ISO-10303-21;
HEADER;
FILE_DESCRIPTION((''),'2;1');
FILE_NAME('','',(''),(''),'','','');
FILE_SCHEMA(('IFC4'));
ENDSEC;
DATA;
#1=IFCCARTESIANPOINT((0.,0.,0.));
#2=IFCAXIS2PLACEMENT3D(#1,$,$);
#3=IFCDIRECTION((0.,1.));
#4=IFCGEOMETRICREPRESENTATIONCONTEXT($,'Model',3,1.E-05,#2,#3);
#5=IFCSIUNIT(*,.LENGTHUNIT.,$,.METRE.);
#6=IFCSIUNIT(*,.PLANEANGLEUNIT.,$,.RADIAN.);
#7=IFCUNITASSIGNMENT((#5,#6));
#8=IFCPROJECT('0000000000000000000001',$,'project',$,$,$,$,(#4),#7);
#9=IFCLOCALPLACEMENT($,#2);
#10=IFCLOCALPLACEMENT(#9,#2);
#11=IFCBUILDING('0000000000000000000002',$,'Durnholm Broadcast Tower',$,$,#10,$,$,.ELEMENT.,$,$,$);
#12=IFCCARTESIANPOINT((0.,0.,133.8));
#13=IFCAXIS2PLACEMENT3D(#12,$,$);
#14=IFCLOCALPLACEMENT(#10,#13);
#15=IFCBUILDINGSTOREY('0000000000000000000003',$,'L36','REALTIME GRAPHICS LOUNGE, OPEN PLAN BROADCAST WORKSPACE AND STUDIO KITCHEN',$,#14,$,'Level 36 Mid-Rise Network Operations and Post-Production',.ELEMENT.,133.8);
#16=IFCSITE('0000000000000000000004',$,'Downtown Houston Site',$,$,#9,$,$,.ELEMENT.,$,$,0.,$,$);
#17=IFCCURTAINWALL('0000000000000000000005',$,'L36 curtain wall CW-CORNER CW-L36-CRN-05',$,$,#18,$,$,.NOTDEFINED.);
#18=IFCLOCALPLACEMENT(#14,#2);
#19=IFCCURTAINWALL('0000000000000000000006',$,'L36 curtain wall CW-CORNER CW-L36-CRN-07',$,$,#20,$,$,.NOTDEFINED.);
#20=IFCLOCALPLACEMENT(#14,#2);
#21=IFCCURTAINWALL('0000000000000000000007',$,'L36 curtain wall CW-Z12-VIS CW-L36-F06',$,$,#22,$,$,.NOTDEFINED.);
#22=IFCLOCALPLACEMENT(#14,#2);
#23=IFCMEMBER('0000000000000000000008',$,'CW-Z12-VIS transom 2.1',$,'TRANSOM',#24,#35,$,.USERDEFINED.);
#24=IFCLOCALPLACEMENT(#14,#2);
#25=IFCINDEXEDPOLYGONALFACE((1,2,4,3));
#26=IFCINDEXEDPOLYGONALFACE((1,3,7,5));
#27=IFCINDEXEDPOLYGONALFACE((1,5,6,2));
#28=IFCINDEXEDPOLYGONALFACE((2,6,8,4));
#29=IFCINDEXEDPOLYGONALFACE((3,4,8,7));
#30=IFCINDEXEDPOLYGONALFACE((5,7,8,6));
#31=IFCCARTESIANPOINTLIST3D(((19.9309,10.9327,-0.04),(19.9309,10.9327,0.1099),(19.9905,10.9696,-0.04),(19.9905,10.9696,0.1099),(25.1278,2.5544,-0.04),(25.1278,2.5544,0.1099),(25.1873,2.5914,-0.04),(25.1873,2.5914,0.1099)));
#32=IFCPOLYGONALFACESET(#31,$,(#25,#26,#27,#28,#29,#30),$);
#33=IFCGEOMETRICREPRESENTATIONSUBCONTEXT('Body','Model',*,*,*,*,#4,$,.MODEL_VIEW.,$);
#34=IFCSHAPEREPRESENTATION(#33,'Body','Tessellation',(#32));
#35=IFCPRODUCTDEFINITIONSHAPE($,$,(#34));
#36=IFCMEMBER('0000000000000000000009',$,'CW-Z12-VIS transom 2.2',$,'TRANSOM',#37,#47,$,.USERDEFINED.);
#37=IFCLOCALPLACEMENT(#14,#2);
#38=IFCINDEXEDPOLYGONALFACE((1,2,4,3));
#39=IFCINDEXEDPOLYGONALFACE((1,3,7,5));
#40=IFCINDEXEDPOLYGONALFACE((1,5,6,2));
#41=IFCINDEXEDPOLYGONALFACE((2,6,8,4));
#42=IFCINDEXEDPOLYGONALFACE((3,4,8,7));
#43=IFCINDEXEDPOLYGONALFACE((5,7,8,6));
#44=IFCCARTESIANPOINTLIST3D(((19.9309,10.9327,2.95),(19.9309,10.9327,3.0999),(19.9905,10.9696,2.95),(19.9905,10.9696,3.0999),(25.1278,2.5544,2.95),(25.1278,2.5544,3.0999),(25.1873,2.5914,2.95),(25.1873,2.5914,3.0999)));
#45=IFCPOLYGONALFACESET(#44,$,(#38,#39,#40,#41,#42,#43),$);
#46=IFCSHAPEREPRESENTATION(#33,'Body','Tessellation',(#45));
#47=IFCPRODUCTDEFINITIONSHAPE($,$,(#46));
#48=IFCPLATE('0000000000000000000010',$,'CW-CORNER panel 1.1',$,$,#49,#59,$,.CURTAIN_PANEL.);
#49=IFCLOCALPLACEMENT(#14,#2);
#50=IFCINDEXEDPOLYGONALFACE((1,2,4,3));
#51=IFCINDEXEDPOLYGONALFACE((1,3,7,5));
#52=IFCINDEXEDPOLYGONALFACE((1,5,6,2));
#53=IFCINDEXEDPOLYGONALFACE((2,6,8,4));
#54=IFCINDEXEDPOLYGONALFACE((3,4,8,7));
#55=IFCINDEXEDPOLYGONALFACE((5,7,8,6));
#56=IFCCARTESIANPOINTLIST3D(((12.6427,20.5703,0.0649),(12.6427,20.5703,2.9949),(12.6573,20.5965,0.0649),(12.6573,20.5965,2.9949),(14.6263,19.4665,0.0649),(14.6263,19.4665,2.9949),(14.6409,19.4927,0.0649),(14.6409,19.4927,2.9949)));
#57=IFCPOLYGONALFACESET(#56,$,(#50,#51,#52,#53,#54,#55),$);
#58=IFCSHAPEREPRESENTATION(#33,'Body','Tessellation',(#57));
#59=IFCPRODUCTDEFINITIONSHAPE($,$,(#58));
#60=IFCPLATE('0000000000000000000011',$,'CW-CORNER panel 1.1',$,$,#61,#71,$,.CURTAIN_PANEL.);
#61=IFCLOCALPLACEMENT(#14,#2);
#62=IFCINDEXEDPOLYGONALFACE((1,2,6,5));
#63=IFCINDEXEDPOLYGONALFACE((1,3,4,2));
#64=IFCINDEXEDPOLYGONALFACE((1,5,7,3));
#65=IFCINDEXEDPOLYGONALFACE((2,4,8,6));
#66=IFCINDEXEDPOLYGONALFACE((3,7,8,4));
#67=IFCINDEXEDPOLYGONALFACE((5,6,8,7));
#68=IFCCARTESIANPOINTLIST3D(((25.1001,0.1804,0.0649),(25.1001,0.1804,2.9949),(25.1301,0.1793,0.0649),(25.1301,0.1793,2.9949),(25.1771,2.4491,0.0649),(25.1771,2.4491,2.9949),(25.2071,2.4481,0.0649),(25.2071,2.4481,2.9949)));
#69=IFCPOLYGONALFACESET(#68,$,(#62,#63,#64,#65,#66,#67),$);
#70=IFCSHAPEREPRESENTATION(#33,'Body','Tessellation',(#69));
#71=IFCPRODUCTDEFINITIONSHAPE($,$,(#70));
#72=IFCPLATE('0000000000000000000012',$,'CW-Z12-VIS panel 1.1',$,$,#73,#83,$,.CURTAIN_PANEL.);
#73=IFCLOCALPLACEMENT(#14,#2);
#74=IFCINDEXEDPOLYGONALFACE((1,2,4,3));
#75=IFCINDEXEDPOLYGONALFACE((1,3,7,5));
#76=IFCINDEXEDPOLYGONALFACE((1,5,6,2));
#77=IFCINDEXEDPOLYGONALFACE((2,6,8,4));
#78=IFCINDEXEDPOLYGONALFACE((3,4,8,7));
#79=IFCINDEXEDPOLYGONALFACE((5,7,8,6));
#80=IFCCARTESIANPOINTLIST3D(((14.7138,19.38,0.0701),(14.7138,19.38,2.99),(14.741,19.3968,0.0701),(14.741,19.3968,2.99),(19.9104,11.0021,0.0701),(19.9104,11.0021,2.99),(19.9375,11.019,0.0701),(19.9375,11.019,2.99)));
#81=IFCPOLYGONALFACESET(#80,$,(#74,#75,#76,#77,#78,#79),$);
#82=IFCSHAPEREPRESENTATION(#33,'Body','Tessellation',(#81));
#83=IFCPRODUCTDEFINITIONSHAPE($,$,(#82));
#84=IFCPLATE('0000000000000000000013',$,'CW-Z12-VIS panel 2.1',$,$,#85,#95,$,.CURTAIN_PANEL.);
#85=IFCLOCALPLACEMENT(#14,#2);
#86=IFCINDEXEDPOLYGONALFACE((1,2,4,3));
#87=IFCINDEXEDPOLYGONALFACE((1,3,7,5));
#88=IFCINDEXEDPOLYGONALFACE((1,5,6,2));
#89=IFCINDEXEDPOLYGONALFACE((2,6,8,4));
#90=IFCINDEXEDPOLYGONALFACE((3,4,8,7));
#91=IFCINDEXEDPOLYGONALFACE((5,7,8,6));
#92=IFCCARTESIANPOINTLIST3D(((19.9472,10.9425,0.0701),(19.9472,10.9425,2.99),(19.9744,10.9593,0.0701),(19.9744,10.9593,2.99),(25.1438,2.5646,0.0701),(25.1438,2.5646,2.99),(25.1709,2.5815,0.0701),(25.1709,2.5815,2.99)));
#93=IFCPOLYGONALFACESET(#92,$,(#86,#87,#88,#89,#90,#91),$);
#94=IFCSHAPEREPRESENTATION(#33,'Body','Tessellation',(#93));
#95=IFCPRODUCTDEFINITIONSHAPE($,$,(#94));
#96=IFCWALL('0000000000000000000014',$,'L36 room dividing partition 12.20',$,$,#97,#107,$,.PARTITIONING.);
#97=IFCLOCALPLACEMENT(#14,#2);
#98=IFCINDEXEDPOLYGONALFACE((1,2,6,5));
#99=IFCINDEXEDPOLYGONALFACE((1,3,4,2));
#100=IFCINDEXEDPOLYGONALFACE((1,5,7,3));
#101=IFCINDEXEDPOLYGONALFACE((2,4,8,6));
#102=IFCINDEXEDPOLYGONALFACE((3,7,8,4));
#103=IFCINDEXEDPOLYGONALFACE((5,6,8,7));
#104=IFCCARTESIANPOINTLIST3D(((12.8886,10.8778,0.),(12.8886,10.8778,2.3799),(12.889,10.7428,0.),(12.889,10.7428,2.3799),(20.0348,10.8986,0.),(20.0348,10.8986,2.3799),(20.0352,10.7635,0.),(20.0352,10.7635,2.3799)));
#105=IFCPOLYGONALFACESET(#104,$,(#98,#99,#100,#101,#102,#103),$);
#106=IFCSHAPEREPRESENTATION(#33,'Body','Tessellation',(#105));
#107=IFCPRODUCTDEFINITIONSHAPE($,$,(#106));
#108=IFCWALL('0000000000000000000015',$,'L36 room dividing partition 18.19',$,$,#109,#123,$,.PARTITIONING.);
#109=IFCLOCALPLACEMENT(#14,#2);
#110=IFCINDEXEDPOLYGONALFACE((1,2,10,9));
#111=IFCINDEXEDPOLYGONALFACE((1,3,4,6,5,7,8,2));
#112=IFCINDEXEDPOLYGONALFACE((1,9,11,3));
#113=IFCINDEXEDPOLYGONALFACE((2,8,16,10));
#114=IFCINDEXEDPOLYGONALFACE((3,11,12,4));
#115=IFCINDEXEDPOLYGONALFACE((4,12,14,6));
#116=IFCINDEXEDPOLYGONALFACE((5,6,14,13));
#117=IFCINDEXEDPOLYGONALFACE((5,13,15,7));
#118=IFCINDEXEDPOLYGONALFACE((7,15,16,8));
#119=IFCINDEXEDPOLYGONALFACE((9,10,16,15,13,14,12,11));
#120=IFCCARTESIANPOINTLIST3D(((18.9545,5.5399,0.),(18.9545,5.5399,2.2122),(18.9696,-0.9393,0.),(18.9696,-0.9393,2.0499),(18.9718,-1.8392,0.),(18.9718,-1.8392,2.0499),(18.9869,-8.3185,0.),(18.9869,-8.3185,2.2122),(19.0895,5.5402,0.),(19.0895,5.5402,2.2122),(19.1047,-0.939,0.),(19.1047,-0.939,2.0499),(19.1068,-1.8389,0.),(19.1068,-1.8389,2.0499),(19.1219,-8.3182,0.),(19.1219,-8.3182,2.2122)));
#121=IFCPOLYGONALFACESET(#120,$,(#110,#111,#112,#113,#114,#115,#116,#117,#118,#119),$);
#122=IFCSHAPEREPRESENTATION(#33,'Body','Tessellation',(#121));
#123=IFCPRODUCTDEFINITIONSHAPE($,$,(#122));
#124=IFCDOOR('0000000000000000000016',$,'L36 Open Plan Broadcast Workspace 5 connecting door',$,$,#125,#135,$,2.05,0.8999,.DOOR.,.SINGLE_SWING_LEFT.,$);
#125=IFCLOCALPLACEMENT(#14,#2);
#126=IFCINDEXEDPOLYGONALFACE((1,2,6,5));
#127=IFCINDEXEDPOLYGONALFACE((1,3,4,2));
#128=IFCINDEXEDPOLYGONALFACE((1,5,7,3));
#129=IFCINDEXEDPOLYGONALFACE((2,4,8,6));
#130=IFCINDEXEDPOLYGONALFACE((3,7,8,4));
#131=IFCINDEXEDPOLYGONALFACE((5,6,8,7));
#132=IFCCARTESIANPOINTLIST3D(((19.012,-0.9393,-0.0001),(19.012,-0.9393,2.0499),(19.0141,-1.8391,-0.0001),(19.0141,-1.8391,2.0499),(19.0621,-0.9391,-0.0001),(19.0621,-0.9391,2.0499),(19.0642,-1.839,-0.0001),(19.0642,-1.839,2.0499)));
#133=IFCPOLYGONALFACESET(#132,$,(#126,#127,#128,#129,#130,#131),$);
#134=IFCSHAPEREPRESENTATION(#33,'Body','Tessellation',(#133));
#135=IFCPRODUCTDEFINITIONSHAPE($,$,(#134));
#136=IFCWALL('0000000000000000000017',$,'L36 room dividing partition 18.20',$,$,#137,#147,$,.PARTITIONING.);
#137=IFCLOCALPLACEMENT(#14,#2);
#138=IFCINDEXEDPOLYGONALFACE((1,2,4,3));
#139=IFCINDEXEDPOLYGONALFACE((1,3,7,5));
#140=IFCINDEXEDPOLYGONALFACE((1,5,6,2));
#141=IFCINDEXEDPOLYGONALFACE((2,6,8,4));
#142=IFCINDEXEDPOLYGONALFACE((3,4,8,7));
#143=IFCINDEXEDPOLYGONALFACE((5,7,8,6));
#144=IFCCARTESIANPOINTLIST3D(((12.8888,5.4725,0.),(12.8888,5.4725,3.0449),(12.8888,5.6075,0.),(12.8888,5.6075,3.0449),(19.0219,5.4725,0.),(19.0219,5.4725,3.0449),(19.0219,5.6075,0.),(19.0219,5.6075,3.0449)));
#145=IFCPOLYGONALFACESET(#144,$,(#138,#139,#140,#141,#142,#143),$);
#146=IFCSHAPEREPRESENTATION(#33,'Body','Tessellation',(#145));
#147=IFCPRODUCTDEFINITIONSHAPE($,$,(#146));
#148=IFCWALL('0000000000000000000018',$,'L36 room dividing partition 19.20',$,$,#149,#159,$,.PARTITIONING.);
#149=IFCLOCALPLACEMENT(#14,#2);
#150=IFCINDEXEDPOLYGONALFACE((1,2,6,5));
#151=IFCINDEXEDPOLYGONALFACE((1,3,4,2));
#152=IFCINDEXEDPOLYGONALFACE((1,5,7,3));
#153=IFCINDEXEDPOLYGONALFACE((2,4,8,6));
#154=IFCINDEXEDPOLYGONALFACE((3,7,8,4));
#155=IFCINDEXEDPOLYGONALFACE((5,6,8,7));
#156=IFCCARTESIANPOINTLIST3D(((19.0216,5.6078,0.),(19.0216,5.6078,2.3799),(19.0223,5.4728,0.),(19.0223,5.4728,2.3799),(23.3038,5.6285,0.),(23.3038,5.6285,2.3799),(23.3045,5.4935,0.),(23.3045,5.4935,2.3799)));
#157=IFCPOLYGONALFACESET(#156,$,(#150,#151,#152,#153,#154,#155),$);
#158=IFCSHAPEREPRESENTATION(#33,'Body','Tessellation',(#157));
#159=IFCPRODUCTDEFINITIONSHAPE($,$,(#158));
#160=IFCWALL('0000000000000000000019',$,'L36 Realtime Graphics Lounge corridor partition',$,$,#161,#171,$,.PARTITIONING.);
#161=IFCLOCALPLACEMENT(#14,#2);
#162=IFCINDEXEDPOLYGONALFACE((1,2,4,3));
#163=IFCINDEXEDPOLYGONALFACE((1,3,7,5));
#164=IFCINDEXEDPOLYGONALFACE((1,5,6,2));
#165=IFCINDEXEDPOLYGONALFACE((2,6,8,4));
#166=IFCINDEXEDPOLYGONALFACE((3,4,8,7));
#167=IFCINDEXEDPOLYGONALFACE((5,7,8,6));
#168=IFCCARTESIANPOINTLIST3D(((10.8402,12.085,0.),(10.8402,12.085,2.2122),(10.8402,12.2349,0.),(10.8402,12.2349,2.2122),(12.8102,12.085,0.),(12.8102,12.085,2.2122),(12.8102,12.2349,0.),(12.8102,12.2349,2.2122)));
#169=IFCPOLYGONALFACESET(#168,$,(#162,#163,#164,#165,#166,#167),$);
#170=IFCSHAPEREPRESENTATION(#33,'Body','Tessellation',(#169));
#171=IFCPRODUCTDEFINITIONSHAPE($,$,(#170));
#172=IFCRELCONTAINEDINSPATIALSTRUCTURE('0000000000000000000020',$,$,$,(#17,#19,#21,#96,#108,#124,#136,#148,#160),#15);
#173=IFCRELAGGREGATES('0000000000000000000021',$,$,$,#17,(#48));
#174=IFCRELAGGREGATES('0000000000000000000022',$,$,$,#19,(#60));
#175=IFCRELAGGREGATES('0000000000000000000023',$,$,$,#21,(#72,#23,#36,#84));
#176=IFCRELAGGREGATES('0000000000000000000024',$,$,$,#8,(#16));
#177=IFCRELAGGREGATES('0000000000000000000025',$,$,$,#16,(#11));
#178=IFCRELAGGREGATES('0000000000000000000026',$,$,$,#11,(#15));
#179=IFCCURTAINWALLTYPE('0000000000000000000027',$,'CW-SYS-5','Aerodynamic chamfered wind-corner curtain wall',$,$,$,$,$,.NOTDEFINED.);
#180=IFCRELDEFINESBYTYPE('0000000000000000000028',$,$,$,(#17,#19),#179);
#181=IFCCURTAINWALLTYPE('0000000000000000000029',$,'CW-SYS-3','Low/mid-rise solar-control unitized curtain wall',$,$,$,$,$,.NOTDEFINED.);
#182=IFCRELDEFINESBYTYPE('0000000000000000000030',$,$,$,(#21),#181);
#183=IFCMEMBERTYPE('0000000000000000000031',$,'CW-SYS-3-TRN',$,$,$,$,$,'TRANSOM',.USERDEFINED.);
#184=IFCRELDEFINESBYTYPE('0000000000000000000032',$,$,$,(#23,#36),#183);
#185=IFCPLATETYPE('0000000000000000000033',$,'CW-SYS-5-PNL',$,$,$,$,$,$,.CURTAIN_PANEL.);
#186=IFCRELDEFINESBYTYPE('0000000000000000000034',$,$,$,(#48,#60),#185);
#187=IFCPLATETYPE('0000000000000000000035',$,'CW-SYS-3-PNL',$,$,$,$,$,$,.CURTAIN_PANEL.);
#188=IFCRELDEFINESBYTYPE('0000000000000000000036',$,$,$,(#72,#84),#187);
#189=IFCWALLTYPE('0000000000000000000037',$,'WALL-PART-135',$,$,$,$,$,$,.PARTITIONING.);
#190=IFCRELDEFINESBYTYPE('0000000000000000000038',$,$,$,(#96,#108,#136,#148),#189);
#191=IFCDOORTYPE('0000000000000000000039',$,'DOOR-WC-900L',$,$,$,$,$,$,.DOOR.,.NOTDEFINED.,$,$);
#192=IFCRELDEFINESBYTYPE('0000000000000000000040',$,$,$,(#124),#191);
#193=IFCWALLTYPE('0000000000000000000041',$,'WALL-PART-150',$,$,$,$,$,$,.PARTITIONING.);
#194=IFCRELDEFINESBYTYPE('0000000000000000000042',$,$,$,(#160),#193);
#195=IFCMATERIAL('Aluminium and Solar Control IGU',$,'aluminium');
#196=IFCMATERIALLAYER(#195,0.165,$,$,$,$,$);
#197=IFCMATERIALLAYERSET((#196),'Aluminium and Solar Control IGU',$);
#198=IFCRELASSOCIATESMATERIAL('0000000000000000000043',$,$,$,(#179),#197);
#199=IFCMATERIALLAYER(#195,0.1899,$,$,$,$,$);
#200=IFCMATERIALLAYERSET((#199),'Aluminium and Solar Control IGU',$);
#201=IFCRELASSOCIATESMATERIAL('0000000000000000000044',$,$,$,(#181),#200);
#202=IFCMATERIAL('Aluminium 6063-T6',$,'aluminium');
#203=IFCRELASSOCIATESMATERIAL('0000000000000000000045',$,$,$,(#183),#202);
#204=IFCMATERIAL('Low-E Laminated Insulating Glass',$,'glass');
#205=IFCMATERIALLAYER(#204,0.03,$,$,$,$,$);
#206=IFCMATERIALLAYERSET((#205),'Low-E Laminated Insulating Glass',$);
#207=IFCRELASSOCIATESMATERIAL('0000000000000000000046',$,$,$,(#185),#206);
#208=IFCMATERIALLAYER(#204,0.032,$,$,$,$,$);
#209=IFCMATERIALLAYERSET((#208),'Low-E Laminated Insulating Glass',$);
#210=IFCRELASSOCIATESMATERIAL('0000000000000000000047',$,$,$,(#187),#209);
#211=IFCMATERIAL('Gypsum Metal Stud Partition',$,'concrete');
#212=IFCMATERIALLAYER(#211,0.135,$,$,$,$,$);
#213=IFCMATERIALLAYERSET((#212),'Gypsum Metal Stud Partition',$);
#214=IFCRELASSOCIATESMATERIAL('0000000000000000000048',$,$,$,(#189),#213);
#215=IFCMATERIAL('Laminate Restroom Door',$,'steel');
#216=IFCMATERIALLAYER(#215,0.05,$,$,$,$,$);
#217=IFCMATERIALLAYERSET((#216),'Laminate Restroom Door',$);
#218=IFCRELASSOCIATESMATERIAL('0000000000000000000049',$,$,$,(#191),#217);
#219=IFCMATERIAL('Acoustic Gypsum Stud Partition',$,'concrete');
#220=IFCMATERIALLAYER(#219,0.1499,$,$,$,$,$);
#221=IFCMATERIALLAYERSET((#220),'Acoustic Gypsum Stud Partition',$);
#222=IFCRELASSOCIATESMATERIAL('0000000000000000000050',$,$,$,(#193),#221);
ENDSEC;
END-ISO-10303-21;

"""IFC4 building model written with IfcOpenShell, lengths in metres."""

from ifc_helpers import new_model, si_unit, direction, frame, frame_2d, origin, origin_2d, place, context, subcontext, project, spatial, rectangle, extrude, source, transform, mapped, material, layer, layer_set, material_profile, profile_set, type_object, type_shapes, element, fill, aggregate, save


model = new_model("IFC4")

# Units and contexts
model_context = context("Model", 3, precision=1e-05, world=origin(), true_north=direction((0.0, 1.0)))
body_context = subcontext(model_context, "Body", "Model", "MODEL_VIEW")
ifc_project = project(units=[si_unit("LENGTHUNIT", "METRE"), si_unit("PLANEANGLEUNIT", "RADIAN")], contexts=[model_context])

# Site, building, storey
site_placement = place(None, origin())
site = spatial("IfcSite", under=ifc_project, at=site_placement, Name="Downtown Houston Site", CompositionType="ELEMENT", RefElevation=0.0)
building_placement = place(site_placement, origin())
building = spatial("IfcBuilding", under=site, at=building_placement, Name="Durnholm Broadcast Tower", CompositionType="ELEMENT")
storey_placement = place(building_placement, frame((0.0, 0.0, 133.8)))
storey = spatial("IfcBuildingStorey", under=building, at=storey_placement, Name="L36", Description="REALTIME GRAPHICS LOUNGE, OPEN PLAN BROADCAST WORKSPACE AND STUDIO KITCHEN", LongName="Level 36 Mid-Rise Network Operations and Post-Production", CompositionType="ELEMENT", Elevation=133.8)

# Curtain walls
ifc_material_1 = material(Name="Aluminium and Solar Control IGU", Category="aluminium")
ifc_layer_1 = layer(ifc_material_1, 0.165)
ifc_layer_set_1 = layer_set([ifc_layer_1], Name="Aluminium and Solar Control IGU")
curtain_wall_type_1 = type_object("IfcCurtainWallType", Name="CW-SYS-5", Description="Aerodynamic chamfered wind-corner curtain wall", PredefinedType="NOTDEFINED", material=ifc_layer_set_1)
curtain_wall_1_placement = place(storey_placement, origin())
curtain_wall_1 = element("IfcCurtainWall", 1, at=curtain_wall_1_placement, inside=storey, type_object=curtain_wall_type_1, Name="L36 curtain wall CW-CORNER CW-L36-CRN-05", PredefinedType="NOTDEFINED")
ifc_material_2 = material(Name="Aluminium 6063-T6", Category="aluminium")
curtain_wall_2_placement = place(storey_placement, origin())
curtain_wall_2 = element("IfcCurtainWall", 2, at=curtain_wall_2_placement, inside=storey, type_object=curtain_wall_type_1, Name="L36 curtain wall CW-CORNER CW-L36-CRN-07", PredefinedType="NOTDEFINED")

# Curtain wall
ifc_layer_2 = layer(ifc_material_1, 0.1899)
ifc_layer_set_2 = layer_set([ifc_layer_2], Name="Aluminium and Solar Control IGU")
curtain_wall_type_2 = type_object("IfcCurtainWallType", Name="CW-SYS-3", Description="Low/mid-rise solar-control unitized curtain wall", PredefinedType="NOTDEFINED", material=ifc_layer_set_2)
curtain_wall_3_placement = place(storey_placement, origin())
curtain_wall_3 = element("IfcCurtainWall", 3, at=curtain_wall_3_placement, inside=storey, type_object=curtain_wall_type_2, Name="L36 curtain wall CW-Z12-VIS CW-L36-F06", PredefinedType="NOTDEFINED")

# Members
ifc_material_profile_1 = material_profile(ifc_material_2, rectangle(XDim=0.0701, YDim=0.1499, at=origin_2d()), Name="CWT70X150")
ifc_profile_set_1 = profile_set([ifc_material_profile_1], Name="Aluminium 6063-T6")
member_type_1 = type_object("IfcMemberType", Name="CW-SYS-3-TRN", ElementType="TRANSOM", PredefinedType="USERDEFINED", material=ifc_profile_set_1)
shared_shape_1 = source(origin(), body_context, "Body", "SweptSolid", [
    extrude(rectangle(XDim=0.0701, YDim=0.1499, at=origin_2d()), origin(), (0.0, 0.0, 1.0), 9.8591),
])
member_1_placement = place(storey_placement, frame((19.9607, 10.9512, 0.0349), z_axis=(0.527109, -0.849798, 0.0), x_axis=(0.849798, 0.527109, 0.0)))
member_1 = element("IfcMember", 4, at=member_1_placement, type_object=member_type_1, Name="CW-Z12-VIS transom 2.1", ObjectType="TRANSOM", PredefinedType="USERDEFINED", context=body_context, shape_type="MappedRepresentation", body=[
    mapped(shared_shape_1, transform((0.0, 0.0, 0.0), x_axis=(1.0, 0.0, 0.0), y_axis=(0.0, 1.0, 0.0), z_axis=(0.0, 0.0, 1.0), scale=1.0)),
])
member_2_placement = place(storey_placement, frame((19.9607, 10.9512, 3.0249), z_axis=(0.527109, -0.849798, 0.0), x_axis=(0.849798, 0.527109, 0.0)))
member_2 = element("IfcMember", 5, at=member_2_placement, type_object=member_type_1, Name="CW-Z12-VIS transom 2.2", ObjectType="TRANSOM", PredefinedType="USERDEFINED", context=body_context, shape_type="MappedRepresentation", body=[
    mapped(shared_shape_1, transform((0.0, 0.0, 0.0), x_axis=(1.0, 0.0, 0.0), y_axis=(0.0, 1.0, 0.0), z_axis=(0.0, 0.0, 1.0), scale=1.0)),
])

# Plates
ifc_material_3 = material(Name="Low-E Laminated Insulating Glass", Category="glass")
ifc_layer_3 = layer(ifc_material_3, 0.03)
ifc_layer_set_3 = layer_set([ifc_layer_3], Name="Low-E Laminated Insulating Glass")
plate_type_1 = type_object("IfcPlateType", Name="CW-SYS-5-PNL", PredefinedType="CURTAIN_PANEL", material=ifc_layer_set_3)
shared_shape_2 = source(origin(), body_context, "Body", "SweptSolid", [
    extrude(rectangle(XDim=2.27, YDim=0.03, at=origin_2d()), origin(), (0.0, 0.0, 1.0), 2.9299),
])
type_shapes(plate_type_1, [shared_shape_2])
plate_1_placement = place(storey_placement, frame((13.6418, 20.0315, 0.0649), z_axis=(0.0, 0.0, 1.0), x_axis=(0.873823, -0.486244, 0.0)))
plate_1 = element("IfcPlate", 6, at=plate_1_placement, type_object=plate_type_1, Name="CW-CORNER panel 1.1", PredefinedType="CURTAIN_PANEL", context=body_context, shape_type="MappedRepresentation", body=[
    mapped(shared_shape_2, transform((0.0, 0.0, 0.0), x_axis=(1.0, 0.0, 0.0), y_axis=(0.0, 1.0, 0.0), z_axis=(0.0, 0.0, 1.0), scale=1.0)),
])
aggregate(curtain_wall_1, [plate_1])
plate_2_placement = place(storey_placement, frame((25.1536, 1.3142, 0.0649), z_axis=(0.0, 0.0, 1.0), x_axis=(-0.033917, -0.999425, 0.0)))
plate_2 = element("IfcPlate", 7, at=plate_2_placement, type_object=plate_type_1, Name="CW-CORNER panel 1.1", PredefinedType="CURTAIN_PANEL", context=body_context, shape_type="MappedRepresentation", body=[
    mapped(shared_shape_2, transform((0.0, 0.0, 0.0), x_axis=(1.0, 0.0, 0.0), y_axis=(0.0, 1.0, 0.0), z_axis=(0.0, 0.0, 1.0), scale=1.0)),
])
aggregate(curtain_wall_2, [plate_2])
ifc_layer_4 = layer(ifc_material_3, 0.032)
ifc_layer_set_4 = layer_set([ifc_layer_4], Name="Low-E Laminated Insulating Glass")
plate_type_2 = type_object("IfcPlateType", Name="CW-SYS-3-PNL", PredefinedType="CURTAIN_PANEL", material=ifc_layer_set_4)
shared_shape_3 = source(origin(), body_context, "Body", "SweptSolid", [
    extrude(rectangle(XDim=9.8586, YDim=0.032, at=origin_2d()), origin(), (0.0, 0.0, 1.0), 2.9199),
])
type_shapes(plate_type_2, [shared_shape_3])
plate_3_placement = place(storey_placement, frame((17.3257, 15.1995, 0.0701), z_axis=(0.0, 0.0, 1.0), x_axis=(0.527105, -0.8498, 0.0)))
plate_3 = element("IfcPlate", 8, at=plate_3_placement, type_object=plate_type_2, Name="CW-Z12-VIS panel 1.1", PredefinedType="CURTAIN_PANEL", context=body_context, shape_type="MappedRepresentation", body=[
    mapped(shared_shape_3, transform((0.0, 0.0, 0.0), x_axis=(1.0, 0.0, 0.0), y_axis=(0.0, 1.0, 0.0), z_axis=(0.0, 0.0, 1.0), scale=1.0)),
])
plate_4_placement = place(storey_placement, frame((22.5591, 6.762, 0.0701), z_axis=(0.0, 0.0, 1.0), x_axis=(0.527105, -0.8498, 0.0)))
plate_4 = element("IfcPlate", 9, at=plate_4_placement, type_object=plate_type_2, Name="CW-Z12-VIS panel 2.1", PredefinedType="CURTAIN_PANEL", context=body_context, shape_type="MappedRepresentation", body=[
    mapped(shared_shape_3, transform((0.0, 0.0, 0.0), x_axis=(1.0, 0.0, 0.0), y_axis=(0.0, 1.0, 0.0), z_axis=(0.0, 0.0, 1.0), scale=1.0)),
])
aggregate(curtain_wall_3, [plate_3, member_1, member_2, plate_4])

# Wall
ifc_material_4 = material(Name="Gypsum Metal Stud Partition", Category="concrete")
ifc_layer_5 = layer(ifc_material_4, 0.135)
ifc_layer_set_5 = layer_set([ifc_layer_5], Name="Gypsum Metal Stud Partition")
wall_type_1 = type_object("IfcWallType", Name="WALL-PART-135", PredefinedType="PARTITIONING", material=ifc_layer_set_5)
wall_1_placement = place(storey_placement, frame((20.0352, 10.8311, 0.0), z_axis=(0.0, 0.0, 1.0), x_axis=(-0.999996, -0.002904, 0.0)))
element("IfcWall", 10, at=wall_1_placement, inside=storey, type_object=wall_type_1, Name="L36 room dividing partition 12.20", PredefinedType="PARTITIONING", context=body_context, shape_type="SweptSolid", body=[
    extrude(rectangle(XDim=7.1462, YDim=0.135, at=frame_2d((3.5732, 0.0))), origin(), (0.0, 0.0, 1.0), 2.3799),
])

# Wall, opening, door
wall_2_placement = place(storey_placement, frame((19.022, 5.54, 0.0), z_axis=(0.0, 0.0, 1.0), x_axis=(0.002343, -0.999997, 0.0)))
wall_2 = element("IfcWall", 11, at=wall_2_placement, inside=storey, type_object=wall_type_1, Name="L36 room dividing partition 18.19", PredefinedType="PARTITIONING", context=body_context, shape_type="SweptSolid", body=[
    extrude(rectangle(XDim=13.8584, YDim=0.135, at=frame_2d((6.9292, 0.0))), origin(), (0.0, 0.0, 1.0), 2.2122),
])
opening_placement = place(wall_2_placement, frame((6.4792, 0.0, 0.0)))
opening = element("IfcOpeningElement", 12, at=opening_placement, cuts=wall_2, PredefinedType="OPENING", context=body_context, shape_type="SweptSolid", body=[
    extrude(rectangle(XDim=0.8999, YDim=2.05, at=frame_2d((0.45, 1.0249))), frame((0.0, 0.0776, 0.0), z_axis=(0.0, -1.0, 0.0), x_axis=(1.0, 0.0, 0.0)), (0.0, 0.0, 1.0), 0.155),
])
ifc_material_5 = material(Name="Laminate Restroom Door", Category="steel")
ifc_layer_6 = layer(ifc_material_5, 0.05)
ifc_layer_set_6 = layer_set([ifc_layer_6], Name="Laminate Restroom Door")
door_type = type_object("IfcDoorType", Name="DOOR-WC-900L", OperationType="NOTDEFINED", PredefinedType="DOOR", material=ifc_layer_set_6)
shared_shape_4 = source(origin(), body_context, "Body", "SweptSolid", [
    extrude(rectangle(XDim=0.8999, YDim=2.05, at=frame_2d((0.45, 1.0249))), frame((0.0, 0.0249, 0.0), z_axis=(0.0, -1.0, 0.0), x_axis=(1.0, 0.0, 0.0)), (0.0, 0.0, 1.0), 0.05),
])
type_shapes(door_type, [shared_shape_4])
door_placement = place(opening_placement, origin())
door = element("IfcDoor", 13, at=door_placement, inside=storey, type_object=door_type, Name="L36 Open Plan Broadcast Workspace 5 connecting door", OperationType="SINGLE_SWING_LEFT", OverallHeight=2.05, OverallWidth=0.8999, PredefinedType="DOOR", context=body_context, shape_type="MappedRepresentation", body=[
    mapped(shared_shape_4, transform((0.0, 0.0, 0.0), x_axis=(1.0, 0.0, 0.0), y_axis=(0.0, 1.0, 0.0), z_axis=(0.0, 0.0, 1.0), scale=1.0)),
])
fill(opening, door)

# Walls
wall_3_placement = place(storey_placement, frame((12.8889, 5.54, 0.0), z_axis=(0.0, 0.0, 1.0), x_axis=(1.0, 0.0, 0.0)))
element("IfcWall", 14, at=wall_3_placement, inside=storey, type_object=wall_type_1, Name="L36 room dividing partition 18.20", PredefinedType="PARTITIONING", context=body_context, shape_type="SweptSolid", body=[
    extrude(rectangle(XDim=6.1331, YDim=0.135, at=frame_2d((3.0664, 0.0))), origin(), (0.0, 0.0, 1.0), 3.0449),
])
wall_4_placement = place(storey_placement, frame((19.022, 5.5403, 0.0), z_axis=(0.0, 0.0, 1.0), x_axis=(0.999988, 0.004846, 0.0)))
element("IfcWall", 15, at=wall_4_placement, inside=storey, type_object=wall_type_1, Name="L36 room dividing partition 19.20", PredefinedType="PARTITIONING", context=body_context, shape_type="SweptSolid", body=[
    extrude(rectangle(XDim=4.2822, YDim=0.135, at=frame_2d((2.1411, 0.0))), origin(), (0.0, 0.0, 1.0), 2.3799),
])
ifc_material_6 = material(Name="Acoustic Gypsum Stud Partition", Category="concrete")
ifc_layer_7 = layer(ifc_material_6, 0.1499)
ifc_layer_set_7 = layer_set([ifc_layer_7], Name="Acoustic Gypsum Stud Partition")
wall_type_2 = type_object("IfcWallType", Name="WALL-PART-150", PredefinedType="PARTITIONING", material=ifc_layer_set_7)
wall_5_placement = place(storey_placement, frame((12.8101, 12.1599, 0.0), z_axis=(0.0, 0.0, 1.0), x_axis=(-1.0, 0.0, 0.0)))
element("IfcWall", 16, at=wall_5_placement, inside=storey, type_object=wall_type_2, Name="L36 Realtime Graphics Lounge corridor partition", PredefinedType="PARTITIONING", context=body_context, shape_type="SweptSolid", body=[
    extrude(rectangle(XDim=1.97, YDim=0.1499, at=frame_2d((0.9849, 0.0))), origin(), (0.0, 0.0, 1.0), 2.2122),
])

save(model, "model.ifc")
